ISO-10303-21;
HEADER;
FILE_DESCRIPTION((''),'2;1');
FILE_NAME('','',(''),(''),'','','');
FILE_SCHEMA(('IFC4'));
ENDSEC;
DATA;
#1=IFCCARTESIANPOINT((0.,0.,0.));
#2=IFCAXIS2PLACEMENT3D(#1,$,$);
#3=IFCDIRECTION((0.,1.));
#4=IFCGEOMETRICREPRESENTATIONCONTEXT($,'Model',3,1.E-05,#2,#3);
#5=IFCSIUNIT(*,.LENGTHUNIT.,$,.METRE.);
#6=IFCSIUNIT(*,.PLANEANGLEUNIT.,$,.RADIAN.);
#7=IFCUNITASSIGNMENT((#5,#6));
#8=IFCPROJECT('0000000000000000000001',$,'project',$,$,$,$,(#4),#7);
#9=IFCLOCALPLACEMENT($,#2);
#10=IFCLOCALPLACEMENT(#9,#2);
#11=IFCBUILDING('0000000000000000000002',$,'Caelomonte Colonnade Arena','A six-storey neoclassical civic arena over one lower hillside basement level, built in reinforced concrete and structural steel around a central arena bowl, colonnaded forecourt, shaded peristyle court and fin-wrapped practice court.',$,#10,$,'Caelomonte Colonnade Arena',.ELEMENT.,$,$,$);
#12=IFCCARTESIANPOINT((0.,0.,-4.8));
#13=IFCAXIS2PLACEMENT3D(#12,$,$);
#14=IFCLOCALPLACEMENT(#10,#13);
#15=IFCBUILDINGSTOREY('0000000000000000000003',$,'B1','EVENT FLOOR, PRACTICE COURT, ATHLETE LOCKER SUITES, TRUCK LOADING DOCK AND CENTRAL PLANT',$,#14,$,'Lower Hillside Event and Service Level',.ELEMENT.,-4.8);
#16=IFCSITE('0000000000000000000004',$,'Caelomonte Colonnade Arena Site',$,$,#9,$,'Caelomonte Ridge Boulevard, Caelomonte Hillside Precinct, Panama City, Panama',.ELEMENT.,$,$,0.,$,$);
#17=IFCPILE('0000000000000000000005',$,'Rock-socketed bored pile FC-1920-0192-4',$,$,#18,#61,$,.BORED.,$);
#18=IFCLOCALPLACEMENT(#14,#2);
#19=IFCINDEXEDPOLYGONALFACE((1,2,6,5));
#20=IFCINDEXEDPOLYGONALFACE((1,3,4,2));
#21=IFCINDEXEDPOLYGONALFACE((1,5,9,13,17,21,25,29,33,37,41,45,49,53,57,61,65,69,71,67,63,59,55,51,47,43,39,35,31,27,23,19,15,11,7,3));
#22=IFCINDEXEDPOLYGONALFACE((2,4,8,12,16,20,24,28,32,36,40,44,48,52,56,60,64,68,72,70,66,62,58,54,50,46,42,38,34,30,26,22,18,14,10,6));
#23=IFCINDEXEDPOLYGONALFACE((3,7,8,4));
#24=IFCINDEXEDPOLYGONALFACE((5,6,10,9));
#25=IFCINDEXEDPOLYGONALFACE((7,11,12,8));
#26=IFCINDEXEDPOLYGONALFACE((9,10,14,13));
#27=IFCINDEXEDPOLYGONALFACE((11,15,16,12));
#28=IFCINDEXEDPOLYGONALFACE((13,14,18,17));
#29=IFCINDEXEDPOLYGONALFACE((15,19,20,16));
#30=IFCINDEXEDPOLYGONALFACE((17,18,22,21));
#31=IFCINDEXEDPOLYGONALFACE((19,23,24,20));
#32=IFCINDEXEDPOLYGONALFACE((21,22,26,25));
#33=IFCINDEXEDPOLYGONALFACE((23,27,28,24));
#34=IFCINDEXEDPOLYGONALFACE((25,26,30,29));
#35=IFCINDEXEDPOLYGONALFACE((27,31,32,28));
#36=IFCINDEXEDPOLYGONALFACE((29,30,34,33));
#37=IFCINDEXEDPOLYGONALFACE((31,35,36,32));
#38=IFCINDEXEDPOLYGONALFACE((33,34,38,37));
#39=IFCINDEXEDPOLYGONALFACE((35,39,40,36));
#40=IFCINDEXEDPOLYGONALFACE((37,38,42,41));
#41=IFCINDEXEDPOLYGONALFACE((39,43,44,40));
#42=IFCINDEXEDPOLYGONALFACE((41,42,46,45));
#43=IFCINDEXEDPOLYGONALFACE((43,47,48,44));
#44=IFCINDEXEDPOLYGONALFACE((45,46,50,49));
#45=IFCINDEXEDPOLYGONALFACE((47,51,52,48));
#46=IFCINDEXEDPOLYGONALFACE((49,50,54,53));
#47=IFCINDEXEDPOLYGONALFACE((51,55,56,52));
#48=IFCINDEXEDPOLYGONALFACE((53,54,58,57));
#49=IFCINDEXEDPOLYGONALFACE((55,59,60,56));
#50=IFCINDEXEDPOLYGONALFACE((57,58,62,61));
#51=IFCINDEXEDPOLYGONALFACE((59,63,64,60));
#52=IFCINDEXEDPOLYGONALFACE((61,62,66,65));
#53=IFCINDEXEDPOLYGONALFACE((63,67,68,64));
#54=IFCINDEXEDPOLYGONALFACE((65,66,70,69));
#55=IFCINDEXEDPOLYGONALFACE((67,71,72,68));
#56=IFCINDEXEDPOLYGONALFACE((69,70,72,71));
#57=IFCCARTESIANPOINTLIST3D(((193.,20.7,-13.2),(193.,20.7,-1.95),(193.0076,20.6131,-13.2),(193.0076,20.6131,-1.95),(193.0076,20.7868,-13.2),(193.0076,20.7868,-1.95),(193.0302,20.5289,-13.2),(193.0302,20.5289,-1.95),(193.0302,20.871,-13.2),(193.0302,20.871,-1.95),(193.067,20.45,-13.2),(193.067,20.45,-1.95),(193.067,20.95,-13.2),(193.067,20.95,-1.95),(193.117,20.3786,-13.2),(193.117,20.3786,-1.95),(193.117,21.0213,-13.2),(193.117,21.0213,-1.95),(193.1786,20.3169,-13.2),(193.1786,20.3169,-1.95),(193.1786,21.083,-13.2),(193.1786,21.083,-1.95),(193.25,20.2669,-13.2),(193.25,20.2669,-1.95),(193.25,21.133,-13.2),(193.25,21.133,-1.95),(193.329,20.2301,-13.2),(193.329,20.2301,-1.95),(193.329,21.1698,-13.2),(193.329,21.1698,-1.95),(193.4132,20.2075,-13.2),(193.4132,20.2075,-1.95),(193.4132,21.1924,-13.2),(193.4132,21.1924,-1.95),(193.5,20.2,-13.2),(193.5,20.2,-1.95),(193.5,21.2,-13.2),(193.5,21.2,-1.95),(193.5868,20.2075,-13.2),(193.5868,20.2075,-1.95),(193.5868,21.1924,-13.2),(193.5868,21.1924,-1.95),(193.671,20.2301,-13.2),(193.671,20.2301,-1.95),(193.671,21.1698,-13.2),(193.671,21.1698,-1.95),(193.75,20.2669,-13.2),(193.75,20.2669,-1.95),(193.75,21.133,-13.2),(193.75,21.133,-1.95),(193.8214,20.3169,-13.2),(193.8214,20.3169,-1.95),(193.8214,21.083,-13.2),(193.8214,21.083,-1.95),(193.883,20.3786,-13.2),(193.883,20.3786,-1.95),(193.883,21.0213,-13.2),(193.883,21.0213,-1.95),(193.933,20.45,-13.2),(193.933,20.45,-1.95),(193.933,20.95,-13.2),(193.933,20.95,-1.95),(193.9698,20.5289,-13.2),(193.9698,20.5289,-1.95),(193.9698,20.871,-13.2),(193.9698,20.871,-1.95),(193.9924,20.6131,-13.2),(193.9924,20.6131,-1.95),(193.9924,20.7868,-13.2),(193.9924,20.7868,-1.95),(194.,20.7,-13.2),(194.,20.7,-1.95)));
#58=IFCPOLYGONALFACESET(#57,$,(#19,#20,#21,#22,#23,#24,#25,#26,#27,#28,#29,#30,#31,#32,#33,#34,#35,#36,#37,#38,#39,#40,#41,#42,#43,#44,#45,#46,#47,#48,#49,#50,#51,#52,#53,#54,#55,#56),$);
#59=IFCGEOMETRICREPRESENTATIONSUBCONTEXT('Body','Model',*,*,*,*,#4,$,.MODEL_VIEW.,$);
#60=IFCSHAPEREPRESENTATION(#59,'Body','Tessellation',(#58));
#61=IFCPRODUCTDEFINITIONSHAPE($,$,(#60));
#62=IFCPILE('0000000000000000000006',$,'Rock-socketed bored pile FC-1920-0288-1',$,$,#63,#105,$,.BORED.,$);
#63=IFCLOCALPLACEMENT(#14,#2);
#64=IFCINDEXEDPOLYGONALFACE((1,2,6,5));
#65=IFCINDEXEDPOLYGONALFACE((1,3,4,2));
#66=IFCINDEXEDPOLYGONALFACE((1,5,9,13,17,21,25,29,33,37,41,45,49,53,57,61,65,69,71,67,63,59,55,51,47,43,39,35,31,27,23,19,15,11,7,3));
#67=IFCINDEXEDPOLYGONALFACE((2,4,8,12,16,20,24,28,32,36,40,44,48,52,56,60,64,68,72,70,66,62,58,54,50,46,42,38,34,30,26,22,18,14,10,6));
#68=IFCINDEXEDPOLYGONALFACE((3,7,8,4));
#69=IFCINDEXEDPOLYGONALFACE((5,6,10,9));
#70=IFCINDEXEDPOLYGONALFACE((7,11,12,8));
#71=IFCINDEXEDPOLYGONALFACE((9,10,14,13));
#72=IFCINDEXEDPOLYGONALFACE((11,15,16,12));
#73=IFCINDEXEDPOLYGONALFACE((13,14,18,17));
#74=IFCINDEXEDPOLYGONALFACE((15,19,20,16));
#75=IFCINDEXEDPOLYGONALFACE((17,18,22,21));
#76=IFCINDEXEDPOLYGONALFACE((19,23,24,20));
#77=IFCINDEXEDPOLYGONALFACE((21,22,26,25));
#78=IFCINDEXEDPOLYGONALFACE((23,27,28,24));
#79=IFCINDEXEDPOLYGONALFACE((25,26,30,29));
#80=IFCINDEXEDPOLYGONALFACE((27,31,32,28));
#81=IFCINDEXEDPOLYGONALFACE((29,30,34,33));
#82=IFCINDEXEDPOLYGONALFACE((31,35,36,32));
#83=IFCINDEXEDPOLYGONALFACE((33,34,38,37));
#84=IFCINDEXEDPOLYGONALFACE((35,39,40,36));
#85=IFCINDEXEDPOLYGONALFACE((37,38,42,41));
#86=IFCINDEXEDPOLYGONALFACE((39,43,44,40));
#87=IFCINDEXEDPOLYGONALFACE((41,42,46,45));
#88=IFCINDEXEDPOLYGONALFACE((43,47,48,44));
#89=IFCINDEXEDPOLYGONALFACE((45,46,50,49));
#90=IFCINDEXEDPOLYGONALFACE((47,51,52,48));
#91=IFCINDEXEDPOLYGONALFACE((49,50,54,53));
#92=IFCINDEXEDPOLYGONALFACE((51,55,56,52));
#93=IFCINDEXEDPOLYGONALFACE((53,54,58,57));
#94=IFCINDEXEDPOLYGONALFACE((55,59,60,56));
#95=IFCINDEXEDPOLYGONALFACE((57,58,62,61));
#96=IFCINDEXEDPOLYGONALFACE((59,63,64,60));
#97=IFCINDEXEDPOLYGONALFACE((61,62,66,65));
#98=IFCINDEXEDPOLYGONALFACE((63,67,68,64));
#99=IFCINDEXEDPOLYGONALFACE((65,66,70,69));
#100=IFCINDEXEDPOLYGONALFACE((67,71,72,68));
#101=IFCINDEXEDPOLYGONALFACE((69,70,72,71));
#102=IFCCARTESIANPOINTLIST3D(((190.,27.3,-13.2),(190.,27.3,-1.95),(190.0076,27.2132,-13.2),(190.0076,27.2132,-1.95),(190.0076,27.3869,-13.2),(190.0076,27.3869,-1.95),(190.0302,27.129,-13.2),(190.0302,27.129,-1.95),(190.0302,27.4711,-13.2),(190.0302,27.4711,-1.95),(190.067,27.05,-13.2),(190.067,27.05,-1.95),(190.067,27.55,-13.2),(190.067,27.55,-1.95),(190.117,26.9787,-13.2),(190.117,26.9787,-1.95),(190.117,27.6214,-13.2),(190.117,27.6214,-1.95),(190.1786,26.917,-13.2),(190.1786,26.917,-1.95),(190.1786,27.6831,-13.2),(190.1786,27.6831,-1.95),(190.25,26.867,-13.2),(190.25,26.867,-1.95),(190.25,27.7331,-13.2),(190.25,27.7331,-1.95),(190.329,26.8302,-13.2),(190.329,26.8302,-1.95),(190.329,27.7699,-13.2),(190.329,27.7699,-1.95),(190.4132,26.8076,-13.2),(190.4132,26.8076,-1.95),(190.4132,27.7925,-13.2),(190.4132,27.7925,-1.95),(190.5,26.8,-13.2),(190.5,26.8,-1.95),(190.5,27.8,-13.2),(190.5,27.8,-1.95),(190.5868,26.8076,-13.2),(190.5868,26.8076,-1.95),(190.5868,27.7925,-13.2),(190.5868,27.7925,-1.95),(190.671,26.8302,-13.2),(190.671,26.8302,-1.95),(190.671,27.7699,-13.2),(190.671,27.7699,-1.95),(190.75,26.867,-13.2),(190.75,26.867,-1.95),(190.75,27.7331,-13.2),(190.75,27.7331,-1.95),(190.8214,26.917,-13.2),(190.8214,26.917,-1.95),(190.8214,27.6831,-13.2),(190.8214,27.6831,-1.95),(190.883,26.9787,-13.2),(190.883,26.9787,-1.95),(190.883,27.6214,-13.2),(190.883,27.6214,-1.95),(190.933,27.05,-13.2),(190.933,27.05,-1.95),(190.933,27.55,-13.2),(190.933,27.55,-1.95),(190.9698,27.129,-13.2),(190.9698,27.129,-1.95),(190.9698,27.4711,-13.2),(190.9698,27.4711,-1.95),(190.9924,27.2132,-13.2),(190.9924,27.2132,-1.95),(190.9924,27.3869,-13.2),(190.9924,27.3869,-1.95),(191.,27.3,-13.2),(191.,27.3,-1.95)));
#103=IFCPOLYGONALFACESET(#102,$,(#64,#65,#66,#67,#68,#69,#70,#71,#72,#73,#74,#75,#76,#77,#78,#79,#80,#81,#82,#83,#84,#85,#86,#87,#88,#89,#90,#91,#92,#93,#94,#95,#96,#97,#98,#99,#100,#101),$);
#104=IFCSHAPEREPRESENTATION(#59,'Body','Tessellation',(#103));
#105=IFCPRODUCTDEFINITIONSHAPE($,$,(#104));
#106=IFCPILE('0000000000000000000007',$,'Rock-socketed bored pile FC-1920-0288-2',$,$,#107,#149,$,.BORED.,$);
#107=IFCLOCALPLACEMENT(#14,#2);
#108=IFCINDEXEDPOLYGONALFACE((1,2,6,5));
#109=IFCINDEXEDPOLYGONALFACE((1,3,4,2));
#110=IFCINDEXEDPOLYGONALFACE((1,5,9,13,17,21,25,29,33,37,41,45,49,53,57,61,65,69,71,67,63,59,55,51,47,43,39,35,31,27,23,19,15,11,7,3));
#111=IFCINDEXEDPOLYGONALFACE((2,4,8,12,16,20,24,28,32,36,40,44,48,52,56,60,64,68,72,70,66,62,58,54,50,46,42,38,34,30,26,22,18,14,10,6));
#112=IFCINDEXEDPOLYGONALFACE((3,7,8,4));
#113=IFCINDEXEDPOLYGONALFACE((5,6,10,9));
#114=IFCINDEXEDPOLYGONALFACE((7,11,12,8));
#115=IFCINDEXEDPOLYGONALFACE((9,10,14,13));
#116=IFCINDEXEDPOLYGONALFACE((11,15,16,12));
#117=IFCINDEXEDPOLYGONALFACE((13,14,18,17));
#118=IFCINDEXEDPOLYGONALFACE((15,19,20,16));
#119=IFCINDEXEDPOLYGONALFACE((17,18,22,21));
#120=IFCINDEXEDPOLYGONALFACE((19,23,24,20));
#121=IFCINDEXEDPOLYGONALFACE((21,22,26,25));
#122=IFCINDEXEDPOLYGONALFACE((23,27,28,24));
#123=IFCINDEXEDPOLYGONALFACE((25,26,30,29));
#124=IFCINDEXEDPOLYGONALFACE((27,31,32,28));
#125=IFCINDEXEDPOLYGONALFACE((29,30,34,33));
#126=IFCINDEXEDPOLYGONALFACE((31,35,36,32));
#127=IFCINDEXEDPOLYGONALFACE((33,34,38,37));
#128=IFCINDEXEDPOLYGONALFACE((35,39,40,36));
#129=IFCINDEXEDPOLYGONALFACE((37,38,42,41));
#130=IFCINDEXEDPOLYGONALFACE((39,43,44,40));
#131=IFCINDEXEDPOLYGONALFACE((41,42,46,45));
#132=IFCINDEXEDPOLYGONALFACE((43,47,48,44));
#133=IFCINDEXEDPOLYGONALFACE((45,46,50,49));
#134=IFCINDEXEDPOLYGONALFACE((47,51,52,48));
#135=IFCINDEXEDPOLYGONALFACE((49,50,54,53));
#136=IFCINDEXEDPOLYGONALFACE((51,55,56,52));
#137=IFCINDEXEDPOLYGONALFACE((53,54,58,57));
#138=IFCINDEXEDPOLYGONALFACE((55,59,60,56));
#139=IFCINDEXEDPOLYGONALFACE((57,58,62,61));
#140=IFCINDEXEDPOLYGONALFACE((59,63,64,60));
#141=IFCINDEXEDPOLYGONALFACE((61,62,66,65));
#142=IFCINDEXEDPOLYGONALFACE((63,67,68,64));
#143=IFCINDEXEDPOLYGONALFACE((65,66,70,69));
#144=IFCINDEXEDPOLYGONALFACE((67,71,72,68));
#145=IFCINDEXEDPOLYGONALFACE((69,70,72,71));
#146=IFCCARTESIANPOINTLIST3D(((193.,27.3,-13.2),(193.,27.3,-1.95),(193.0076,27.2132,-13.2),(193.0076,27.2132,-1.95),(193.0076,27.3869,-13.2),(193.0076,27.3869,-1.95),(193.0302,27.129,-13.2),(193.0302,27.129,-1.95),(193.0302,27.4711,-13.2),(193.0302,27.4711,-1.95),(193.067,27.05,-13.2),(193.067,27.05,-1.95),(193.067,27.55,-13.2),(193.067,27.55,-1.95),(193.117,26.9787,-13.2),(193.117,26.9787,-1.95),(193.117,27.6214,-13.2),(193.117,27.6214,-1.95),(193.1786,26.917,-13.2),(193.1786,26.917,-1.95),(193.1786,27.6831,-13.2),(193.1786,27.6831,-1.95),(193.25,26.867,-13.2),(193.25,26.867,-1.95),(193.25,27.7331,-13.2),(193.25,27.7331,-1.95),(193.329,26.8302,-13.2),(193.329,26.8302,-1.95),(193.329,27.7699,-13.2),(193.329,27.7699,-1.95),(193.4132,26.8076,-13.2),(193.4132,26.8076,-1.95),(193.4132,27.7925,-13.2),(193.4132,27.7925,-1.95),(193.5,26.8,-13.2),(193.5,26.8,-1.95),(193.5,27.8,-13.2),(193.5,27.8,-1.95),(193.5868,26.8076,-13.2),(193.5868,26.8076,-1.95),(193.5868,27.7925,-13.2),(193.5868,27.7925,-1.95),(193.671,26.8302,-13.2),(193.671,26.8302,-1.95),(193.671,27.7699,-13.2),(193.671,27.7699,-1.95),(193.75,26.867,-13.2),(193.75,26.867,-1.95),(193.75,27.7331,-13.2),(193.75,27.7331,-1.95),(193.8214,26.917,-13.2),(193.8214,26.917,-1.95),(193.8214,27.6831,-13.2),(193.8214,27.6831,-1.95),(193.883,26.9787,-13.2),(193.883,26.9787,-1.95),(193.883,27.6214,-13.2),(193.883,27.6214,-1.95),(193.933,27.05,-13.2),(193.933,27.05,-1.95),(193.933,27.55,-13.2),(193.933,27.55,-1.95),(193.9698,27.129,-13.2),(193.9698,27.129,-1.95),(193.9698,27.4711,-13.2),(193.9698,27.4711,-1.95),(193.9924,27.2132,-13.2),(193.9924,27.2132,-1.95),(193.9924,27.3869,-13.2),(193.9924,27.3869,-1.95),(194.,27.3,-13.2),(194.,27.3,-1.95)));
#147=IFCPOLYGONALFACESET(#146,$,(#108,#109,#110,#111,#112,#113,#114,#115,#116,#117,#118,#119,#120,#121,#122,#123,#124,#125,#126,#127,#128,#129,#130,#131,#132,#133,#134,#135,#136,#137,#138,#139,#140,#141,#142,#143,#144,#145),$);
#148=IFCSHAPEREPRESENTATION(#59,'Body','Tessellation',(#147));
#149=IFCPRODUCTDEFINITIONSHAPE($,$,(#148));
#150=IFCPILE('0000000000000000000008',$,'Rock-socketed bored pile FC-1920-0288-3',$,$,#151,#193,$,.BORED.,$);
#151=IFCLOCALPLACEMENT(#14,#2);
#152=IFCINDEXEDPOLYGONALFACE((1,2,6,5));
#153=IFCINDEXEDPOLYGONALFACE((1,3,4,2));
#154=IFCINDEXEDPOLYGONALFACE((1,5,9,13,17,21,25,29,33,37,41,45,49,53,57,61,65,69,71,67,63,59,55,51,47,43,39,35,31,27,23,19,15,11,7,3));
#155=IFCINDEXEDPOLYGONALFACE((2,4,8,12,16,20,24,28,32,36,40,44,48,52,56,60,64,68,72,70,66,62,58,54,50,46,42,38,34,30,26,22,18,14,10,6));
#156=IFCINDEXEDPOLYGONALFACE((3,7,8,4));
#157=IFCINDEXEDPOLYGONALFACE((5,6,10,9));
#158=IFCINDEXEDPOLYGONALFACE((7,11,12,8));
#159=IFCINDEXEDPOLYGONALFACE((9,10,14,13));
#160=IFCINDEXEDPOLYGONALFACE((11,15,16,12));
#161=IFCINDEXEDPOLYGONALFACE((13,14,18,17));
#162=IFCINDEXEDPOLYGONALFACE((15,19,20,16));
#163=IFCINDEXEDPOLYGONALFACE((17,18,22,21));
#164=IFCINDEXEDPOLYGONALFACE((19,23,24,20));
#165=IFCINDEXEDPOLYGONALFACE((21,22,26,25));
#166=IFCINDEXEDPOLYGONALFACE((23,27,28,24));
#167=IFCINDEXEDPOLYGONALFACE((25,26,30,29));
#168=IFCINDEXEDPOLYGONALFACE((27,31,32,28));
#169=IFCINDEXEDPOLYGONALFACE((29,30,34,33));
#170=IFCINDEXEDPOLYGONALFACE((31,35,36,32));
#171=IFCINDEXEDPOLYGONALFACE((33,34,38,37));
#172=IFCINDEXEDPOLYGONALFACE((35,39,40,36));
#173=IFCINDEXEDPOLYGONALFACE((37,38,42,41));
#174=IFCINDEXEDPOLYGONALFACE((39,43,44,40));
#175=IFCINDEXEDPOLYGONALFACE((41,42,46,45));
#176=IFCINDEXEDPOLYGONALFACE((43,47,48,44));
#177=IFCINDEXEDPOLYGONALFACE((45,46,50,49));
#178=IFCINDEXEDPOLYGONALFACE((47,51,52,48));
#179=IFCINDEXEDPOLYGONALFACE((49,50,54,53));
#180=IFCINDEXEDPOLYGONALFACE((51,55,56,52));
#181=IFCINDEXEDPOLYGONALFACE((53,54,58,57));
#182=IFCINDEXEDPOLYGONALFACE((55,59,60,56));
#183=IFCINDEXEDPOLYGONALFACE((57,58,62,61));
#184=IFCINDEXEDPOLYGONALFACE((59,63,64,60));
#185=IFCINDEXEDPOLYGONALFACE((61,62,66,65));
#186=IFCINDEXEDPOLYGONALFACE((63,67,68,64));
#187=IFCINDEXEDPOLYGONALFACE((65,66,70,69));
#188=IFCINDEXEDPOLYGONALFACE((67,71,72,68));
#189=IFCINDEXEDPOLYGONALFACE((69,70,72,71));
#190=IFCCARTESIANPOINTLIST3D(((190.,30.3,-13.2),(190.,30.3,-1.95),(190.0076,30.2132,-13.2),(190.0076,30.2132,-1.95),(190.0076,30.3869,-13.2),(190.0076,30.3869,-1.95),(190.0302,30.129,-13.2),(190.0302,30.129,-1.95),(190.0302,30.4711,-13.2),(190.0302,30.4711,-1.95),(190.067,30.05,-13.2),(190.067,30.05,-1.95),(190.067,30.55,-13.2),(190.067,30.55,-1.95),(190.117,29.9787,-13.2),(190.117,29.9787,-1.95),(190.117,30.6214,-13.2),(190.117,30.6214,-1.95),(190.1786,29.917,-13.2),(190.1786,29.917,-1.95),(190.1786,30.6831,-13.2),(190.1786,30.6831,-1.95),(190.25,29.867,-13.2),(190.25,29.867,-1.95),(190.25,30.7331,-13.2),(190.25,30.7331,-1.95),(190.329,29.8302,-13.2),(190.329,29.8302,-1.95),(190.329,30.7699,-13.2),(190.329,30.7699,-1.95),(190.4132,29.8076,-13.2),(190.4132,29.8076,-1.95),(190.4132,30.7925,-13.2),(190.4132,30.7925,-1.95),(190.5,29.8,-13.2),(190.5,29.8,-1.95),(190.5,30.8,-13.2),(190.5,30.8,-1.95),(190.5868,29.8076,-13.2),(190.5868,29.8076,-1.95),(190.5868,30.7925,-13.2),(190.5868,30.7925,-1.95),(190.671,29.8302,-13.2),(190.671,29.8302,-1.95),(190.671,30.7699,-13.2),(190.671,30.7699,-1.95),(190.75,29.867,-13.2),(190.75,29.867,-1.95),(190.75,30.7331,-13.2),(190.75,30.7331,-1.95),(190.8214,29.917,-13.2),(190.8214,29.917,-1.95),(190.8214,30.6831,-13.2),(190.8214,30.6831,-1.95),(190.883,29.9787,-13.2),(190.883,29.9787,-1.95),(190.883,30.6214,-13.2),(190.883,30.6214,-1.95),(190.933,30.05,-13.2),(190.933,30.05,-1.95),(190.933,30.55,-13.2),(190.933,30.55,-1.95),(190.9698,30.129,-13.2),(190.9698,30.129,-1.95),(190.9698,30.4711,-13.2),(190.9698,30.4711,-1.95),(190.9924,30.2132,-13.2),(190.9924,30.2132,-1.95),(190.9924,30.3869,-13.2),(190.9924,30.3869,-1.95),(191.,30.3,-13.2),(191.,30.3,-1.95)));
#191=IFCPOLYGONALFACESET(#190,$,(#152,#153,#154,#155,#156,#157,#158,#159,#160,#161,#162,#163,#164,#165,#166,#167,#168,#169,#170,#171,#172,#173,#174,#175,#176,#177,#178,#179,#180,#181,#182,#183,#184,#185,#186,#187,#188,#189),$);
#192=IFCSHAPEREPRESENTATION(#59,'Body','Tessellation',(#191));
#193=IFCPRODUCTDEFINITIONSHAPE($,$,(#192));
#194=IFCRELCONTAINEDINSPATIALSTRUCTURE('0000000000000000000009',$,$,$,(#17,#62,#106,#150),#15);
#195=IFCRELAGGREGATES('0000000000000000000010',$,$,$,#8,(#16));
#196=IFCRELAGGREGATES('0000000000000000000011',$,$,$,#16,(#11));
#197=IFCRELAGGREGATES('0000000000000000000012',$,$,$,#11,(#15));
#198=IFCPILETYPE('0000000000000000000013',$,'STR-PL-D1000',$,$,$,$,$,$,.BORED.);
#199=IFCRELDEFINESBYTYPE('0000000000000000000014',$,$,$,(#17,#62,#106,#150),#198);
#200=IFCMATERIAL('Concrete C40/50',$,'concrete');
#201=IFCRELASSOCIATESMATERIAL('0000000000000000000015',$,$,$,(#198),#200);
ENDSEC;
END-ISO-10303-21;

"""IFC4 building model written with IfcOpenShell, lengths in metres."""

from ifc_helpers import new_model, si_unit, direction, frame, origin, origin_2d, place, context, subcontext, project, spatial, circle, extrude, material, material_profile, profile_set, type_object, element, save


model = new_model("IFC4")

# Units and contexts
model_context = context("Model", 3, precision=1e-05, world=origin(), true_north=direction((0.0, 1.0)))
body_context = subcontext(model_context, "Body", "Model", "MODEL_VIEW")
ifc_project = project(units=[si_unit("LENGTHUNIT", "METRE"), si_unit("PLANEANGLEUNIT", "RADIAN")], contexts=[model_context])

# Site, building, storey
site_placement = place(None, origin())
site = spatial("IfcSite", under=ifc_project, at=site_placement, Name="Caelomonte Colonnade Arena Site", LongName="Caelomonte Ridge Boulevard, Caelomonte Hillside Precinct, Panama City, Panama", CompositionType="ELEMENT", RefElevation=0.0)
building_placement = place(site_placement, origin())
building = spatial("IfcBuilding", under=site, at=building_placement, Name="Caelomonte Colonnade Arena", Description="A six-storey neoclassical civic arena over one lower hillside basement level, built in reinforced concrete and structural steel around a central arena bowl, colonnaded forecourt, shaded peristyle court and fin-wrapped practice court.", LongName="Caelomonte Colonnade Arena", CompositionType="ELEMENT")
storey_placement = place(building_placement, frame((0.0, 0.0, -4.8)))
storey = spatial("IfcBuildingStorey", under=building, at=storey_placement, Name="B1", Description="EVENT FLOOR, PRACTICE COURT, ATHLETE LOCKER SUITES, TRUCK LOADING DOCK AND CENTRAL PLANT", LongName="Lower Hillside Event and Service Level", CompositionType="ELEMENT", Elevation=-4.8)

# Shared definitions
ifc_material_1 = material(Name="Concrete C40/50", Category="concrete")

# Piles
ifc_material_profile_1 = material_profile(ifc_material_1, circle(Radius=0.5, at=origin_2d()), Name="PILE-D1000")
ifc_profile_set_1 = profile_set([ifc_material_profile_1], Name="Concrete C40/50")
pile_type = type_object("IfcPileType", Name="STR-PL-D1000", PredefinedType="BORED", material=ifc_profile_set_1)
for number, where, z_axis, x_axis, name in (
    (1, (193.5, 20.7, -1.95), (0.0, 0.0, -1.0), (1.0, 0.0, 0.0), "Rock-socketed bored pile FC-1920-0192-4"),
    (2, (190.5, 27.3, -1.95), (0.0, 0.0, -1.0), (1.0, 0.0, 0.0), "Rock-socketed bored pile FC-1920-0288-1"),
    (3, (193.5, 27.3, -1.95), (0.0, 0.0, -1.0), (1.0, 0.0, 0.0), "Rock-socketed bored pile FC-1920-0288-2"),
    (4, (190.5, 30.3, -1.95), (0.0, 0.0, -1.0), (1.0, 0.0, 0.0), "Rock-socketed bored pile FC-1920-0288-3"),
):
    element("IfcPile", number, at=place(storey_placement, frame(where, z_axis=z_axis, x_axis=x_axis)), inside=storey, type_object=pile_type, Name=name, PredefinedType="BORED", context=body_context, shape_type="SweptSolid", body=[
        extrude(circle(Radius=0.5, at=origin_2d()), origin(), (0.0, 0.0, 1.0), 11.25),
    ])

save(model, "model.ifc")
